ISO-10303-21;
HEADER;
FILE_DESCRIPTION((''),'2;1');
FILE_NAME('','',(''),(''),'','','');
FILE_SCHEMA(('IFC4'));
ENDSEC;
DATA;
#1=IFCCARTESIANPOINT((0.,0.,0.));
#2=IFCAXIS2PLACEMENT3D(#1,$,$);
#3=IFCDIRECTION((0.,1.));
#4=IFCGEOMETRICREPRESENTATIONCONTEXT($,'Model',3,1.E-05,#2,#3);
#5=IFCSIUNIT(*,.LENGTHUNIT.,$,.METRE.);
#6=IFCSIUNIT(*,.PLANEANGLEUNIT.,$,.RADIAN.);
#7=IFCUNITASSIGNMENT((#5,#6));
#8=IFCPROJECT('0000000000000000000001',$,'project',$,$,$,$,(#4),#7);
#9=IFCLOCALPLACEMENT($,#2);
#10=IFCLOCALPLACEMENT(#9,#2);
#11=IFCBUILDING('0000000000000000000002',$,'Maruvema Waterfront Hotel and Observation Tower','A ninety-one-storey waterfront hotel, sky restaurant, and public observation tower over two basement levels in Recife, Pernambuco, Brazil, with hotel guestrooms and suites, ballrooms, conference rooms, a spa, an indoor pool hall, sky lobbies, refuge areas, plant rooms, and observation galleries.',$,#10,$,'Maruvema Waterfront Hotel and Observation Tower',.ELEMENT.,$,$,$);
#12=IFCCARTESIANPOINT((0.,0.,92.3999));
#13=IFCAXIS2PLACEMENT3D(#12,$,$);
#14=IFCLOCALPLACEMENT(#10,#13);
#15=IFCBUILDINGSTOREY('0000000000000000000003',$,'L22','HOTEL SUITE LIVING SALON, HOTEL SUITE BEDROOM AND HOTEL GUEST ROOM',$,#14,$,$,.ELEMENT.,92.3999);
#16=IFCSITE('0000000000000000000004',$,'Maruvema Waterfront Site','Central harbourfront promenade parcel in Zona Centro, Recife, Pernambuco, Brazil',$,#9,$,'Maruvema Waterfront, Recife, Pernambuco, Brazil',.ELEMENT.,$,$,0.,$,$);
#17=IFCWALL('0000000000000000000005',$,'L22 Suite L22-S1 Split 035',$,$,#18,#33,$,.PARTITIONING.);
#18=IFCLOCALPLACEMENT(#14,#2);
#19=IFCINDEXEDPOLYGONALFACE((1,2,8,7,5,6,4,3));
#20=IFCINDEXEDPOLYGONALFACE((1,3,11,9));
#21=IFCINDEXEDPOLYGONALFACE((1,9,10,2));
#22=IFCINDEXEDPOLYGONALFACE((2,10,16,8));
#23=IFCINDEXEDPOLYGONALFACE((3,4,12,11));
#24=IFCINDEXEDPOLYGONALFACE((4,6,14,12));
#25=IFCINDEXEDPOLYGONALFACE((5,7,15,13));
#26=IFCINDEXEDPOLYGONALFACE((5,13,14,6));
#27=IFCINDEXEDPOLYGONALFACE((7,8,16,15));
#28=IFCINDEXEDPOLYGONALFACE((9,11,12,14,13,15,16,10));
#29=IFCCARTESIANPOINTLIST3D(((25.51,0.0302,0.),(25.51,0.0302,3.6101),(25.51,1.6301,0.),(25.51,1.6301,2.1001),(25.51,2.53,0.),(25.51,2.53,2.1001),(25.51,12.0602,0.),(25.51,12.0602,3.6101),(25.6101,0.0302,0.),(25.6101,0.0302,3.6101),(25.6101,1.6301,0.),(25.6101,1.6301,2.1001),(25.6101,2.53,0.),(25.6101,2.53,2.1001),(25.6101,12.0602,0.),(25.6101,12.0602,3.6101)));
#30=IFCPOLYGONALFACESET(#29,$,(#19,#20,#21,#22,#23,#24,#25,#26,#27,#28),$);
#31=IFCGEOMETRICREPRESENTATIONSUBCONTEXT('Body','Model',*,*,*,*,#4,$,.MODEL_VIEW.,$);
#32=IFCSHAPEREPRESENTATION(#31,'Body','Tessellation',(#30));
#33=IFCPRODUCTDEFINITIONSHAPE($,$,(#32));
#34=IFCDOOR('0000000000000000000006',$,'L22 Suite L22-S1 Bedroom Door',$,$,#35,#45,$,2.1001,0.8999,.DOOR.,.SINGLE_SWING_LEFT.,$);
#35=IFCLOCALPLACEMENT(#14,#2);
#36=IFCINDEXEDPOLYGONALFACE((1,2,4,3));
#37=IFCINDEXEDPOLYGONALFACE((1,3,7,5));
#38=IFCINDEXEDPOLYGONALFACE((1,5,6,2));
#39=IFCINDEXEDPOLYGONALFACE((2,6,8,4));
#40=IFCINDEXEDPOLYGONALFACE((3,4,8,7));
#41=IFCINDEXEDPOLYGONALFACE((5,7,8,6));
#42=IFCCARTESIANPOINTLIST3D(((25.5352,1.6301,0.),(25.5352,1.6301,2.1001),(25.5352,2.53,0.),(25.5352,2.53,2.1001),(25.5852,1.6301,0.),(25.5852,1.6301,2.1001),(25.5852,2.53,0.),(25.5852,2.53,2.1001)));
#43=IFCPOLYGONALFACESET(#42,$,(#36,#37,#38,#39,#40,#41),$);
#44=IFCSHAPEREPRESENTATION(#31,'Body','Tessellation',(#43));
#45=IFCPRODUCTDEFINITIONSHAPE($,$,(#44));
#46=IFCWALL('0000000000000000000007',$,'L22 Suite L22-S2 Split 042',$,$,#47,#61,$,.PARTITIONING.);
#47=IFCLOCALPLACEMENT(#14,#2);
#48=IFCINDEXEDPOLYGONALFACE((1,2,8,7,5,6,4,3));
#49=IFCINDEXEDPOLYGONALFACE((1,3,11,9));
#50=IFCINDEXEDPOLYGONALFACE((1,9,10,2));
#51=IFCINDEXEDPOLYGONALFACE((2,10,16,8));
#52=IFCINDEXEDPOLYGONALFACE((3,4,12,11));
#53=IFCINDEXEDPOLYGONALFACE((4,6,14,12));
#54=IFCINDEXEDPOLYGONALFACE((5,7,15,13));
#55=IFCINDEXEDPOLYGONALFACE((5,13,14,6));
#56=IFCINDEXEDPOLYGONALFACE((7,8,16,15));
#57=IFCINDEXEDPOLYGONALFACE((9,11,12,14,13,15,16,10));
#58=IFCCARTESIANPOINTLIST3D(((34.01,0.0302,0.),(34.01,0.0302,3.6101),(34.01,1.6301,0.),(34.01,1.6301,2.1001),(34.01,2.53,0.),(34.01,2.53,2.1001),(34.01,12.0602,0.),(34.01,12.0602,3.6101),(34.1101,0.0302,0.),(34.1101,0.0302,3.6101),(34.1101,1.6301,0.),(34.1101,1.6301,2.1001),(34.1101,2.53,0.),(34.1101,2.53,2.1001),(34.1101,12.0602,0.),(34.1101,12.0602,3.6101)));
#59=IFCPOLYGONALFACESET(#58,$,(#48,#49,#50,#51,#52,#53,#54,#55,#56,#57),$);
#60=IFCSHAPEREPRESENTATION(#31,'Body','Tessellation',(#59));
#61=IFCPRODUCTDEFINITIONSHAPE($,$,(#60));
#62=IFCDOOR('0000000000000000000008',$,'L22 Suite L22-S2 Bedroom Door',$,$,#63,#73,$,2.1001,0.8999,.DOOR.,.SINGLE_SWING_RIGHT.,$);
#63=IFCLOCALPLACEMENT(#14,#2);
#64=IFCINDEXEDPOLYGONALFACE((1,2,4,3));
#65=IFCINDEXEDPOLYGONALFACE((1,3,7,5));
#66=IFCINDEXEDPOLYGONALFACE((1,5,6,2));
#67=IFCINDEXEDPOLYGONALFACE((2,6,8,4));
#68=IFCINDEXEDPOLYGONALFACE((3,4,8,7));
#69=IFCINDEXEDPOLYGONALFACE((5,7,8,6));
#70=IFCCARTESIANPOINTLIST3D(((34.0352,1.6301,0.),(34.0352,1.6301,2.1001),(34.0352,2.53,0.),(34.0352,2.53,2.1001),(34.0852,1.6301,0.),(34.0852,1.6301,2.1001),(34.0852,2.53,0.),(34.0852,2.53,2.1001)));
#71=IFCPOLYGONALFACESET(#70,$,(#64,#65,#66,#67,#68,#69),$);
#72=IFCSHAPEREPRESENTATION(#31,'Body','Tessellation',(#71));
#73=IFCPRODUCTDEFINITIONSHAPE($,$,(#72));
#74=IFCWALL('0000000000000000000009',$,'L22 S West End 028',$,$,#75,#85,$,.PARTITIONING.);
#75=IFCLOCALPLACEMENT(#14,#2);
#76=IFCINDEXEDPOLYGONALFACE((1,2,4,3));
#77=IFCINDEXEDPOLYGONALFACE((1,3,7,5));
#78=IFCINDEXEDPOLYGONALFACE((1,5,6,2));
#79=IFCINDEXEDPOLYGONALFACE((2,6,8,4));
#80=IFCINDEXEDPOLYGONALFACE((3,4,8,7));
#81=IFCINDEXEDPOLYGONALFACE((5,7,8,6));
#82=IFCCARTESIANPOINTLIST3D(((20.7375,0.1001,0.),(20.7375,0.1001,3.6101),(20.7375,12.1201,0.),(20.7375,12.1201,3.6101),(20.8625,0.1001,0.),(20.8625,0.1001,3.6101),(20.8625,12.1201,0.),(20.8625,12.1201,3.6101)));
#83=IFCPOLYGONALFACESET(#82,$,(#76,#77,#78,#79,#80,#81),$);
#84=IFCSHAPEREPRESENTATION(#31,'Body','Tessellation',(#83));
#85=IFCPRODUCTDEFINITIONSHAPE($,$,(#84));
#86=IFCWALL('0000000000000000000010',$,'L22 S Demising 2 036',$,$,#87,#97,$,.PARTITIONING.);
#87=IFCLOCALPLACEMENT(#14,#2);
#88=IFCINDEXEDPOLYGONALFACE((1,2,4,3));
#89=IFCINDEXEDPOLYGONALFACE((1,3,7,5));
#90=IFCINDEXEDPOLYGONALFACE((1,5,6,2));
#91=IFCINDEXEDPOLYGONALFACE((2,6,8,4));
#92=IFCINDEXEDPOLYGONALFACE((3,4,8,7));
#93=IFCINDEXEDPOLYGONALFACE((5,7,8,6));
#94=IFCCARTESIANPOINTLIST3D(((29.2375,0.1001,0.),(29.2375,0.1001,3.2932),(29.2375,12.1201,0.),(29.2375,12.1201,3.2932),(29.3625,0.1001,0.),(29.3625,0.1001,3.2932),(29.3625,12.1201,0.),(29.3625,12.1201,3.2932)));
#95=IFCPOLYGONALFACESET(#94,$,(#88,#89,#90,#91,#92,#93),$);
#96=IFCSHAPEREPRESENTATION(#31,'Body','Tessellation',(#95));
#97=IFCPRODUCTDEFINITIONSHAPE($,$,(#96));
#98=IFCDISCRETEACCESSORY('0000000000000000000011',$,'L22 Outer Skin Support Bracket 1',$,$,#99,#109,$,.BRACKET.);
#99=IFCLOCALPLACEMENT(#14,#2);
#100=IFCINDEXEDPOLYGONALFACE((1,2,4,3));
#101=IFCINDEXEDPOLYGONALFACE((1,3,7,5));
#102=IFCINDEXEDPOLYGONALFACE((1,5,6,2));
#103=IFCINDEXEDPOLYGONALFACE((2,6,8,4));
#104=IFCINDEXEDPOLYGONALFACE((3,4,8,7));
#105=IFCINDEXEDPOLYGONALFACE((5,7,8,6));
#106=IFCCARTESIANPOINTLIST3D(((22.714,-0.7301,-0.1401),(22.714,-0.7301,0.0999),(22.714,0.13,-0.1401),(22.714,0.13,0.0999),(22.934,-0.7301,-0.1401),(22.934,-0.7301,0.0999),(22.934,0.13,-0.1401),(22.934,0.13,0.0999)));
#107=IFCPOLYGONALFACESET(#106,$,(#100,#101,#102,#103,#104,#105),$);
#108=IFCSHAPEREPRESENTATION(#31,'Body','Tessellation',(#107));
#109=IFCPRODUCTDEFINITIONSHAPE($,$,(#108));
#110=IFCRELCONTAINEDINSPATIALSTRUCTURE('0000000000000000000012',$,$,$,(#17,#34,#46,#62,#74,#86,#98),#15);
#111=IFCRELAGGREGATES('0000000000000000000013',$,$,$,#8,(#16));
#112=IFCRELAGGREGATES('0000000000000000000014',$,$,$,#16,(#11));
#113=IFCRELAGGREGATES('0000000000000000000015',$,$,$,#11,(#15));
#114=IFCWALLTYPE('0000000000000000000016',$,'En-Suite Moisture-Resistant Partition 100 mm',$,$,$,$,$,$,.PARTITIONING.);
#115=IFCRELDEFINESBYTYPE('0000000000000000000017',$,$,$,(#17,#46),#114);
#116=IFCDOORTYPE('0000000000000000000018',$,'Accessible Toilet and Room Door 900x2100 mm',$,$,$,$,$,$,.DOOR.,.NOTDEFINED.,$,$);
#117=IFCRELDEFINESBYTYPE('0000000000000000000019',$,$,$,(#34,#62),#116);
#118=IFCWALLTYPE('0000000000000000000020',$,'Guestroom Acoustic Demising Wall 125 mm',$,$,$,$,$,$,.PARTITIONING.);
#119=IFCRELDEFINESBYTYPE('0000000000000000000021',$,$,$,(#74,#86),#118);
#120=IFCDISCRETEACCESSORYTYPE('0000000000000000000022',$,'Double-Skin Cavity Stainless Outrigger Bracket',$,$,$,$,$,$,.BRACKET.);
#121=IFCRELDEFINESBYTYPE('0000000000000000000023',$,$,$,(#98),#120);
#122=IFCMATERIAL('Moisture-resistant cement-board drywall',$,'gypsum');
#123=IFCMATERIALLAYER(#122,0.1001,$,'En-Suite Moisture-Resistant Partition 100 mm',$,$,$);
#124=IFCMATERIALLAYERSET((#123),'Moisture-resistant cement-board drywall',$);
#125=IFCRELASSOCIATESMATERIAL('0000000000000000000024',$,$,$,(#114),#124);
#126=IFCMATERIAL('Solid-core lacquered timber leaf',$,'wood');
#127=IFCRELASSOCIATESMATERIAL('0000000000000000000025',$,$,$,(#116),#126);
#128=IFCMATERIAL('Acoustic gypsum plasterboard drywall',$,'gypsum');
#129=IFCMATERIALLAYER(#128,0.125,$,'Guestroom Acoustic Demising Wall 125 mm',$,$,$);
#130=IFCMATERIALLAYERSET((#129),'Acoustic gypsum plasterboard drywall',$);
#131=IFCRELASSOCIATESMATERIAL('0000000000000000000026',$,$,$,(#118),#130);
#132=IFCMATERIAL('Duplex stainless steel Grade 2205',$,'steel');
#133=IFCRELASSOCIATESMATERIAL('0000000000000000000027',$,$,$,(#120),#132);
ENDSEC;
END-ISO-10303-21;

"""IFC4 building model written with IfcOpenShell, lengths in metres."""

from ifc_helpers import new_model, si_unit, direction, frame, frame_2d, origin, origin_2d, place, context, subcontext, project, spatial, rectangle, extrude, material, layer, layer_set, type_object, element, fill, save


model = new_model("IFC4")

# Units and contexts
model_context = context("Model", 3, precision=1e-05, world=origin(), true_north=direction((0.0, 1.0)))
body_context = subcontext(model_context, "Body", "Model", "MODEL_VIEW")
ifc_project = project(units=[si_unit("LENGTHUNIT", "METRE"), si_unit("PLANEANGLEUNIT", "RADIAN")], contexts=[model_context])

# Site, building, storey
site_placement = place(None, origin())
site = spatial("IfcSite", under=ifc_project, at=site_placement, Name="Maruvema Waterfront Site", Description="Central harbourfront promenade parcel in Zona Centro, Recife, Pernambuco, Brazil", LongName="Maruvema Waterfront, Recife, Pernambuco, Brazil", CompositionType="ELEMENT", RefElevation=0.0)
building_placement = place(site_placement, origin())
building = spatial("IfcBuilding", under=site, at=building_placement, Name="Maruvema Waterfront Hotel and Observation Tower", Description="A ninety-one-storey waterfront hotel, sky restaurant, and public observation tower over two basement levels in Recife, Pernambuco, Brazil, with hotel guestrooms and suites, ballrooms, conference rooms, a spa, an indoor pool hall, sky lobbies, refuge areas, plant rooms, and observation galleries.", LongName="Maruvema Waterfront Hotel and Observation Tower", CompositionType="ELEMENT")
storey_placement = place(building_placement, frame((0.0, 0.0, 92.3999)))
storey = spatial("IfcBuildingStorey", under=building, at=storey_placement, Name="L22", Description="HOTEL SUITE LIVING SALON, HOTEL SUITE BEDROOM AND HOTEL GUEST ROOM", CompositionType="ELEMENT", Elevation=92.3999)

# Walls, openings, doors
ifc_material_1 = material(Name="Moisture-resistant cement-board drywall", Category="gypsum")
ifc_layer_1 = layer(ifc_material_1, 0.1001, Name="En-Suite Moisture-Resistant Partition 100 mm")
ifc_layer_set_1 = layer_set([ifc_layer_1], Name="Moisture-resistant cement-board drywall")
wall_type_1 = type_object("IfcWallType", Name="En-Suite Moisture-Resistant Partition 100 mm", PredefinedType="PARTITIONING", material=ifc_layer_set_1)
wall_1_placement = place(storey_placement, frame((25.5601, 0.03, 0.0), z_axis=(0.0, 0.0, 1.0), x_axis=(0.0, 1.0, 0.0)))
wall_1 = element("IfcWall", 1, at=wall_1_placement, inside=storey, type_object=wall_type_1, Name="L22 Suite L22-S1 Split 035", PredefinedType="PARTITIONING", context=body_context, shape_type="SweptSolid", body=[
    extrude(rectangle(XDim=12.03, YDim=0.1001, at=frame_2d((6.0151, 0.0))), origin(), (0.0, 0.0, 1.0), 3.6101),
])
opening_1_placement = place(wall_1_placement, frame((1.6001, 0.0, 0.0)))
opening_1 = element("IfcOpeningElement", 2, at=opening_1_placement, cuts=wall_1, PredefinedType="OPENING", context=body_context, shape_type="SweptSolid", body=[
    extrude(rectangle(XDim=0.8999, YDim=2.1001, at=frame_2d((0.45, 1.05))), frame((0.0, 0.0601, 0.0), z_axis=(0.0, -1.0, 0.0), x_axis=(1.0, 0.0, 0.0)), (0.0, 0.0, 1.0), 0.1201),
])
ifc_material_2 = material(Name="Solid-core lacquered timber leaf", Category="wood")
door_type = type_object("IfcDoorType", Name="Accessible Toilet and Room Door 900x2100 mm", OperationType="NOTDEFINED", PredefinedType="DOOR", material=ifc_material_2)
door_1_placement = place(opening_1_placement, origin())
door_1 = element("IfcDoor", 3, at=door_1_placement, inside=storey, type_object=door_type, Name="L22 Suite L22-S1 Bedroom Door", OperationType="SINGLE_SWING_LEFT", OverallHeight=2.1001, OverallWidth=0.8999, PredefinedType="DOOR", context=body_context, shape_type="SweptSolid", body=[
    extrude(rectangle(XDim=0.8999, YDim=2.1001, at=frame_2d((0.45, 1.05))), frame((0.0, 0.0249, 0.0), z_axis=(0.0, -1.0, 0.0), x_axis=(1.0, 0.0, 0.0)), (0.0, 0.0, 1.0), 0.05),
])
fill(opening_1, door_1)
wall_2_placement = place(storey_placement, frame((34.0601, 0.03, 0.0), z_axis=(0.0, 0.0, 1.0), x_axis=(0.0, 1.0, 0.0)))
wall_2 = element("IfcWall", 4, at=wall_2_placement, inside=storey, type_object=wall_type_1, Name="L22 Suite L22-S2 Split 042", PredefinedType="PARTITIONING", context=body_context, shape_type="SweptSolid", body=[
    extrude(rectangle(XDim=12.03, YDim=0.1001, at=frame_2d((6.0151, 0.0))), origin(), (0.0, 0.0, 1.0), 3.6101),
])
opening_2_placement = place(wall_2_placement, frame((1.6001, 0.0, 0.0)))
opening_2 = element("IfcOpeningElement", 5, at=opening_2_placement, cuts=wall_2, PredefinedType="OPENING", context=body_context, shape_type="SweptSolid", body=[
    extrude(rectangle(XDim=0.8999, YDim=2.1001, at=frame_2d((0.45, 1.05))), frame((0.0, 0.0601, 0.0), z_axis=(0.0, -1.0, 0.0), x_axis=(1.0, 0.0, 0.0)), (0.0, 0.0, 1.0), 0.1201),
])
door_2_placement = place(opening_2_placement, origin())
door_2 = element("IfcDoor", 6, at=door_2_placement, inside=storey, type_object=door_type, Name="L22 Suite L22-S2 Bedroom Door", OperationType="SINGLE_SWING_RIGHT", OverallHeight=2.1001, OverallWidth=0.8999, PredefinedType="DOOR", context=body_context, shape_type="SweptSolid", body=[
    extrude(rectangle(XDim=0.8999, YDim=2.1001, at=frame_2d((0.45, 1.05))), frame((0.0, 0.0249, 0.0), z_axis=(0.0, -1.0, 0.0), x_axis=(1.0, 0.0, 0.0)), (0.0, 0.0, 1.0), 0.05),
])
fill(opening_2, door_2)

# Walls
ifc_material_3 = material(Name="Acoustic gypsum plasterboard drywall", Category="gypsum")
ifc_layer_2 = layer(ifc_material_3, 0.125, Name="Guestroom Acoustic Demising Wall 125 mm")
ifc_layer_set_2 = layer_set([ifc_layer_2], Name="Acoustic gypsum plasterboard drywall")
wall_type_2 = type_object("IfcWallType", Name="Guestroom Acoustic Demising Wall 125 mm", PredefinedType="PARTITIONING", material=ifc_layer_set_2)
wall_3_placement = place(storey_placement, frame((20.8, 0.1001, 0.0), z_axis=(0.0, 0.0, 1.0), x_axis=(0.0, 1.0, 0.0)))
element("IfcWall", 7, at=wall_3_placement, inside=storey, type_object=wall_type_2, Name="L22 S West End 028", PredefinedType="PARTITIONING", context=body_context, shape_type="SweptSolid", body=[
    extrude(rectangle(XDim=12.02, YDim=0.125, at=frame_2d((6.01, 0.0))), origin(), (0.0, 0.0, 1.0), 3.6101),
])
wall_4_placement = place(storey_placement, frame((29.3, 0.1001, 0.0), z_axis=(0.0, 0.0, 1.0), x_axis=(0.0, 1.0, 0.0)))
element("IfcWall", 8, at=wall_4_placement, inside=storey, type_object=wall_type_2, Name="L22 S Demising 2 036", PredefinedType="PARTITIONING", context=body_context, shape_type="SweptSolid", body=[
    extrude(rectangle(XDim=12.02, YDim=0.125, at=frame_2d((6.01, 0.0))), origin(), (0.0, 0.0, 1.0), 3.2932),
])

# Discrete accessory
ifc_material_4 = material(Name="Duplex stainless steel Grade 2205", Category="steel")
discrete_accessory_type = type_object("IfcDiscreteAccessoryType", Name="Double-Skin Cavity Stainless Outrigger Bracket", PredefinedType="BRACKET", material=ifc_material_4)
discrete_accessory_placement = place(storey_placement, frame((22.824, -0.3, -0.1401), z_axis=(0.0, 0.0, 1.0), x_axis=(1.0, 0.0, 0.0)))
element("IfcDiscreteAccessory", 9, at=discrete_accessory_placement, inside=storey, type_object=discrete_accessory_type, Name="L22 Outer Skin Support Bracket 1", PredefinedType="BRACKET", context=body_context, shape_type="SweptSolid", body=[
    extrude(rectangle(XDim=0.22, YDim=0.8601, at=origin_2d()), origin(), (0.0, 0.0, 1.0), 0.24),
])

save(model, "model.ifc")
